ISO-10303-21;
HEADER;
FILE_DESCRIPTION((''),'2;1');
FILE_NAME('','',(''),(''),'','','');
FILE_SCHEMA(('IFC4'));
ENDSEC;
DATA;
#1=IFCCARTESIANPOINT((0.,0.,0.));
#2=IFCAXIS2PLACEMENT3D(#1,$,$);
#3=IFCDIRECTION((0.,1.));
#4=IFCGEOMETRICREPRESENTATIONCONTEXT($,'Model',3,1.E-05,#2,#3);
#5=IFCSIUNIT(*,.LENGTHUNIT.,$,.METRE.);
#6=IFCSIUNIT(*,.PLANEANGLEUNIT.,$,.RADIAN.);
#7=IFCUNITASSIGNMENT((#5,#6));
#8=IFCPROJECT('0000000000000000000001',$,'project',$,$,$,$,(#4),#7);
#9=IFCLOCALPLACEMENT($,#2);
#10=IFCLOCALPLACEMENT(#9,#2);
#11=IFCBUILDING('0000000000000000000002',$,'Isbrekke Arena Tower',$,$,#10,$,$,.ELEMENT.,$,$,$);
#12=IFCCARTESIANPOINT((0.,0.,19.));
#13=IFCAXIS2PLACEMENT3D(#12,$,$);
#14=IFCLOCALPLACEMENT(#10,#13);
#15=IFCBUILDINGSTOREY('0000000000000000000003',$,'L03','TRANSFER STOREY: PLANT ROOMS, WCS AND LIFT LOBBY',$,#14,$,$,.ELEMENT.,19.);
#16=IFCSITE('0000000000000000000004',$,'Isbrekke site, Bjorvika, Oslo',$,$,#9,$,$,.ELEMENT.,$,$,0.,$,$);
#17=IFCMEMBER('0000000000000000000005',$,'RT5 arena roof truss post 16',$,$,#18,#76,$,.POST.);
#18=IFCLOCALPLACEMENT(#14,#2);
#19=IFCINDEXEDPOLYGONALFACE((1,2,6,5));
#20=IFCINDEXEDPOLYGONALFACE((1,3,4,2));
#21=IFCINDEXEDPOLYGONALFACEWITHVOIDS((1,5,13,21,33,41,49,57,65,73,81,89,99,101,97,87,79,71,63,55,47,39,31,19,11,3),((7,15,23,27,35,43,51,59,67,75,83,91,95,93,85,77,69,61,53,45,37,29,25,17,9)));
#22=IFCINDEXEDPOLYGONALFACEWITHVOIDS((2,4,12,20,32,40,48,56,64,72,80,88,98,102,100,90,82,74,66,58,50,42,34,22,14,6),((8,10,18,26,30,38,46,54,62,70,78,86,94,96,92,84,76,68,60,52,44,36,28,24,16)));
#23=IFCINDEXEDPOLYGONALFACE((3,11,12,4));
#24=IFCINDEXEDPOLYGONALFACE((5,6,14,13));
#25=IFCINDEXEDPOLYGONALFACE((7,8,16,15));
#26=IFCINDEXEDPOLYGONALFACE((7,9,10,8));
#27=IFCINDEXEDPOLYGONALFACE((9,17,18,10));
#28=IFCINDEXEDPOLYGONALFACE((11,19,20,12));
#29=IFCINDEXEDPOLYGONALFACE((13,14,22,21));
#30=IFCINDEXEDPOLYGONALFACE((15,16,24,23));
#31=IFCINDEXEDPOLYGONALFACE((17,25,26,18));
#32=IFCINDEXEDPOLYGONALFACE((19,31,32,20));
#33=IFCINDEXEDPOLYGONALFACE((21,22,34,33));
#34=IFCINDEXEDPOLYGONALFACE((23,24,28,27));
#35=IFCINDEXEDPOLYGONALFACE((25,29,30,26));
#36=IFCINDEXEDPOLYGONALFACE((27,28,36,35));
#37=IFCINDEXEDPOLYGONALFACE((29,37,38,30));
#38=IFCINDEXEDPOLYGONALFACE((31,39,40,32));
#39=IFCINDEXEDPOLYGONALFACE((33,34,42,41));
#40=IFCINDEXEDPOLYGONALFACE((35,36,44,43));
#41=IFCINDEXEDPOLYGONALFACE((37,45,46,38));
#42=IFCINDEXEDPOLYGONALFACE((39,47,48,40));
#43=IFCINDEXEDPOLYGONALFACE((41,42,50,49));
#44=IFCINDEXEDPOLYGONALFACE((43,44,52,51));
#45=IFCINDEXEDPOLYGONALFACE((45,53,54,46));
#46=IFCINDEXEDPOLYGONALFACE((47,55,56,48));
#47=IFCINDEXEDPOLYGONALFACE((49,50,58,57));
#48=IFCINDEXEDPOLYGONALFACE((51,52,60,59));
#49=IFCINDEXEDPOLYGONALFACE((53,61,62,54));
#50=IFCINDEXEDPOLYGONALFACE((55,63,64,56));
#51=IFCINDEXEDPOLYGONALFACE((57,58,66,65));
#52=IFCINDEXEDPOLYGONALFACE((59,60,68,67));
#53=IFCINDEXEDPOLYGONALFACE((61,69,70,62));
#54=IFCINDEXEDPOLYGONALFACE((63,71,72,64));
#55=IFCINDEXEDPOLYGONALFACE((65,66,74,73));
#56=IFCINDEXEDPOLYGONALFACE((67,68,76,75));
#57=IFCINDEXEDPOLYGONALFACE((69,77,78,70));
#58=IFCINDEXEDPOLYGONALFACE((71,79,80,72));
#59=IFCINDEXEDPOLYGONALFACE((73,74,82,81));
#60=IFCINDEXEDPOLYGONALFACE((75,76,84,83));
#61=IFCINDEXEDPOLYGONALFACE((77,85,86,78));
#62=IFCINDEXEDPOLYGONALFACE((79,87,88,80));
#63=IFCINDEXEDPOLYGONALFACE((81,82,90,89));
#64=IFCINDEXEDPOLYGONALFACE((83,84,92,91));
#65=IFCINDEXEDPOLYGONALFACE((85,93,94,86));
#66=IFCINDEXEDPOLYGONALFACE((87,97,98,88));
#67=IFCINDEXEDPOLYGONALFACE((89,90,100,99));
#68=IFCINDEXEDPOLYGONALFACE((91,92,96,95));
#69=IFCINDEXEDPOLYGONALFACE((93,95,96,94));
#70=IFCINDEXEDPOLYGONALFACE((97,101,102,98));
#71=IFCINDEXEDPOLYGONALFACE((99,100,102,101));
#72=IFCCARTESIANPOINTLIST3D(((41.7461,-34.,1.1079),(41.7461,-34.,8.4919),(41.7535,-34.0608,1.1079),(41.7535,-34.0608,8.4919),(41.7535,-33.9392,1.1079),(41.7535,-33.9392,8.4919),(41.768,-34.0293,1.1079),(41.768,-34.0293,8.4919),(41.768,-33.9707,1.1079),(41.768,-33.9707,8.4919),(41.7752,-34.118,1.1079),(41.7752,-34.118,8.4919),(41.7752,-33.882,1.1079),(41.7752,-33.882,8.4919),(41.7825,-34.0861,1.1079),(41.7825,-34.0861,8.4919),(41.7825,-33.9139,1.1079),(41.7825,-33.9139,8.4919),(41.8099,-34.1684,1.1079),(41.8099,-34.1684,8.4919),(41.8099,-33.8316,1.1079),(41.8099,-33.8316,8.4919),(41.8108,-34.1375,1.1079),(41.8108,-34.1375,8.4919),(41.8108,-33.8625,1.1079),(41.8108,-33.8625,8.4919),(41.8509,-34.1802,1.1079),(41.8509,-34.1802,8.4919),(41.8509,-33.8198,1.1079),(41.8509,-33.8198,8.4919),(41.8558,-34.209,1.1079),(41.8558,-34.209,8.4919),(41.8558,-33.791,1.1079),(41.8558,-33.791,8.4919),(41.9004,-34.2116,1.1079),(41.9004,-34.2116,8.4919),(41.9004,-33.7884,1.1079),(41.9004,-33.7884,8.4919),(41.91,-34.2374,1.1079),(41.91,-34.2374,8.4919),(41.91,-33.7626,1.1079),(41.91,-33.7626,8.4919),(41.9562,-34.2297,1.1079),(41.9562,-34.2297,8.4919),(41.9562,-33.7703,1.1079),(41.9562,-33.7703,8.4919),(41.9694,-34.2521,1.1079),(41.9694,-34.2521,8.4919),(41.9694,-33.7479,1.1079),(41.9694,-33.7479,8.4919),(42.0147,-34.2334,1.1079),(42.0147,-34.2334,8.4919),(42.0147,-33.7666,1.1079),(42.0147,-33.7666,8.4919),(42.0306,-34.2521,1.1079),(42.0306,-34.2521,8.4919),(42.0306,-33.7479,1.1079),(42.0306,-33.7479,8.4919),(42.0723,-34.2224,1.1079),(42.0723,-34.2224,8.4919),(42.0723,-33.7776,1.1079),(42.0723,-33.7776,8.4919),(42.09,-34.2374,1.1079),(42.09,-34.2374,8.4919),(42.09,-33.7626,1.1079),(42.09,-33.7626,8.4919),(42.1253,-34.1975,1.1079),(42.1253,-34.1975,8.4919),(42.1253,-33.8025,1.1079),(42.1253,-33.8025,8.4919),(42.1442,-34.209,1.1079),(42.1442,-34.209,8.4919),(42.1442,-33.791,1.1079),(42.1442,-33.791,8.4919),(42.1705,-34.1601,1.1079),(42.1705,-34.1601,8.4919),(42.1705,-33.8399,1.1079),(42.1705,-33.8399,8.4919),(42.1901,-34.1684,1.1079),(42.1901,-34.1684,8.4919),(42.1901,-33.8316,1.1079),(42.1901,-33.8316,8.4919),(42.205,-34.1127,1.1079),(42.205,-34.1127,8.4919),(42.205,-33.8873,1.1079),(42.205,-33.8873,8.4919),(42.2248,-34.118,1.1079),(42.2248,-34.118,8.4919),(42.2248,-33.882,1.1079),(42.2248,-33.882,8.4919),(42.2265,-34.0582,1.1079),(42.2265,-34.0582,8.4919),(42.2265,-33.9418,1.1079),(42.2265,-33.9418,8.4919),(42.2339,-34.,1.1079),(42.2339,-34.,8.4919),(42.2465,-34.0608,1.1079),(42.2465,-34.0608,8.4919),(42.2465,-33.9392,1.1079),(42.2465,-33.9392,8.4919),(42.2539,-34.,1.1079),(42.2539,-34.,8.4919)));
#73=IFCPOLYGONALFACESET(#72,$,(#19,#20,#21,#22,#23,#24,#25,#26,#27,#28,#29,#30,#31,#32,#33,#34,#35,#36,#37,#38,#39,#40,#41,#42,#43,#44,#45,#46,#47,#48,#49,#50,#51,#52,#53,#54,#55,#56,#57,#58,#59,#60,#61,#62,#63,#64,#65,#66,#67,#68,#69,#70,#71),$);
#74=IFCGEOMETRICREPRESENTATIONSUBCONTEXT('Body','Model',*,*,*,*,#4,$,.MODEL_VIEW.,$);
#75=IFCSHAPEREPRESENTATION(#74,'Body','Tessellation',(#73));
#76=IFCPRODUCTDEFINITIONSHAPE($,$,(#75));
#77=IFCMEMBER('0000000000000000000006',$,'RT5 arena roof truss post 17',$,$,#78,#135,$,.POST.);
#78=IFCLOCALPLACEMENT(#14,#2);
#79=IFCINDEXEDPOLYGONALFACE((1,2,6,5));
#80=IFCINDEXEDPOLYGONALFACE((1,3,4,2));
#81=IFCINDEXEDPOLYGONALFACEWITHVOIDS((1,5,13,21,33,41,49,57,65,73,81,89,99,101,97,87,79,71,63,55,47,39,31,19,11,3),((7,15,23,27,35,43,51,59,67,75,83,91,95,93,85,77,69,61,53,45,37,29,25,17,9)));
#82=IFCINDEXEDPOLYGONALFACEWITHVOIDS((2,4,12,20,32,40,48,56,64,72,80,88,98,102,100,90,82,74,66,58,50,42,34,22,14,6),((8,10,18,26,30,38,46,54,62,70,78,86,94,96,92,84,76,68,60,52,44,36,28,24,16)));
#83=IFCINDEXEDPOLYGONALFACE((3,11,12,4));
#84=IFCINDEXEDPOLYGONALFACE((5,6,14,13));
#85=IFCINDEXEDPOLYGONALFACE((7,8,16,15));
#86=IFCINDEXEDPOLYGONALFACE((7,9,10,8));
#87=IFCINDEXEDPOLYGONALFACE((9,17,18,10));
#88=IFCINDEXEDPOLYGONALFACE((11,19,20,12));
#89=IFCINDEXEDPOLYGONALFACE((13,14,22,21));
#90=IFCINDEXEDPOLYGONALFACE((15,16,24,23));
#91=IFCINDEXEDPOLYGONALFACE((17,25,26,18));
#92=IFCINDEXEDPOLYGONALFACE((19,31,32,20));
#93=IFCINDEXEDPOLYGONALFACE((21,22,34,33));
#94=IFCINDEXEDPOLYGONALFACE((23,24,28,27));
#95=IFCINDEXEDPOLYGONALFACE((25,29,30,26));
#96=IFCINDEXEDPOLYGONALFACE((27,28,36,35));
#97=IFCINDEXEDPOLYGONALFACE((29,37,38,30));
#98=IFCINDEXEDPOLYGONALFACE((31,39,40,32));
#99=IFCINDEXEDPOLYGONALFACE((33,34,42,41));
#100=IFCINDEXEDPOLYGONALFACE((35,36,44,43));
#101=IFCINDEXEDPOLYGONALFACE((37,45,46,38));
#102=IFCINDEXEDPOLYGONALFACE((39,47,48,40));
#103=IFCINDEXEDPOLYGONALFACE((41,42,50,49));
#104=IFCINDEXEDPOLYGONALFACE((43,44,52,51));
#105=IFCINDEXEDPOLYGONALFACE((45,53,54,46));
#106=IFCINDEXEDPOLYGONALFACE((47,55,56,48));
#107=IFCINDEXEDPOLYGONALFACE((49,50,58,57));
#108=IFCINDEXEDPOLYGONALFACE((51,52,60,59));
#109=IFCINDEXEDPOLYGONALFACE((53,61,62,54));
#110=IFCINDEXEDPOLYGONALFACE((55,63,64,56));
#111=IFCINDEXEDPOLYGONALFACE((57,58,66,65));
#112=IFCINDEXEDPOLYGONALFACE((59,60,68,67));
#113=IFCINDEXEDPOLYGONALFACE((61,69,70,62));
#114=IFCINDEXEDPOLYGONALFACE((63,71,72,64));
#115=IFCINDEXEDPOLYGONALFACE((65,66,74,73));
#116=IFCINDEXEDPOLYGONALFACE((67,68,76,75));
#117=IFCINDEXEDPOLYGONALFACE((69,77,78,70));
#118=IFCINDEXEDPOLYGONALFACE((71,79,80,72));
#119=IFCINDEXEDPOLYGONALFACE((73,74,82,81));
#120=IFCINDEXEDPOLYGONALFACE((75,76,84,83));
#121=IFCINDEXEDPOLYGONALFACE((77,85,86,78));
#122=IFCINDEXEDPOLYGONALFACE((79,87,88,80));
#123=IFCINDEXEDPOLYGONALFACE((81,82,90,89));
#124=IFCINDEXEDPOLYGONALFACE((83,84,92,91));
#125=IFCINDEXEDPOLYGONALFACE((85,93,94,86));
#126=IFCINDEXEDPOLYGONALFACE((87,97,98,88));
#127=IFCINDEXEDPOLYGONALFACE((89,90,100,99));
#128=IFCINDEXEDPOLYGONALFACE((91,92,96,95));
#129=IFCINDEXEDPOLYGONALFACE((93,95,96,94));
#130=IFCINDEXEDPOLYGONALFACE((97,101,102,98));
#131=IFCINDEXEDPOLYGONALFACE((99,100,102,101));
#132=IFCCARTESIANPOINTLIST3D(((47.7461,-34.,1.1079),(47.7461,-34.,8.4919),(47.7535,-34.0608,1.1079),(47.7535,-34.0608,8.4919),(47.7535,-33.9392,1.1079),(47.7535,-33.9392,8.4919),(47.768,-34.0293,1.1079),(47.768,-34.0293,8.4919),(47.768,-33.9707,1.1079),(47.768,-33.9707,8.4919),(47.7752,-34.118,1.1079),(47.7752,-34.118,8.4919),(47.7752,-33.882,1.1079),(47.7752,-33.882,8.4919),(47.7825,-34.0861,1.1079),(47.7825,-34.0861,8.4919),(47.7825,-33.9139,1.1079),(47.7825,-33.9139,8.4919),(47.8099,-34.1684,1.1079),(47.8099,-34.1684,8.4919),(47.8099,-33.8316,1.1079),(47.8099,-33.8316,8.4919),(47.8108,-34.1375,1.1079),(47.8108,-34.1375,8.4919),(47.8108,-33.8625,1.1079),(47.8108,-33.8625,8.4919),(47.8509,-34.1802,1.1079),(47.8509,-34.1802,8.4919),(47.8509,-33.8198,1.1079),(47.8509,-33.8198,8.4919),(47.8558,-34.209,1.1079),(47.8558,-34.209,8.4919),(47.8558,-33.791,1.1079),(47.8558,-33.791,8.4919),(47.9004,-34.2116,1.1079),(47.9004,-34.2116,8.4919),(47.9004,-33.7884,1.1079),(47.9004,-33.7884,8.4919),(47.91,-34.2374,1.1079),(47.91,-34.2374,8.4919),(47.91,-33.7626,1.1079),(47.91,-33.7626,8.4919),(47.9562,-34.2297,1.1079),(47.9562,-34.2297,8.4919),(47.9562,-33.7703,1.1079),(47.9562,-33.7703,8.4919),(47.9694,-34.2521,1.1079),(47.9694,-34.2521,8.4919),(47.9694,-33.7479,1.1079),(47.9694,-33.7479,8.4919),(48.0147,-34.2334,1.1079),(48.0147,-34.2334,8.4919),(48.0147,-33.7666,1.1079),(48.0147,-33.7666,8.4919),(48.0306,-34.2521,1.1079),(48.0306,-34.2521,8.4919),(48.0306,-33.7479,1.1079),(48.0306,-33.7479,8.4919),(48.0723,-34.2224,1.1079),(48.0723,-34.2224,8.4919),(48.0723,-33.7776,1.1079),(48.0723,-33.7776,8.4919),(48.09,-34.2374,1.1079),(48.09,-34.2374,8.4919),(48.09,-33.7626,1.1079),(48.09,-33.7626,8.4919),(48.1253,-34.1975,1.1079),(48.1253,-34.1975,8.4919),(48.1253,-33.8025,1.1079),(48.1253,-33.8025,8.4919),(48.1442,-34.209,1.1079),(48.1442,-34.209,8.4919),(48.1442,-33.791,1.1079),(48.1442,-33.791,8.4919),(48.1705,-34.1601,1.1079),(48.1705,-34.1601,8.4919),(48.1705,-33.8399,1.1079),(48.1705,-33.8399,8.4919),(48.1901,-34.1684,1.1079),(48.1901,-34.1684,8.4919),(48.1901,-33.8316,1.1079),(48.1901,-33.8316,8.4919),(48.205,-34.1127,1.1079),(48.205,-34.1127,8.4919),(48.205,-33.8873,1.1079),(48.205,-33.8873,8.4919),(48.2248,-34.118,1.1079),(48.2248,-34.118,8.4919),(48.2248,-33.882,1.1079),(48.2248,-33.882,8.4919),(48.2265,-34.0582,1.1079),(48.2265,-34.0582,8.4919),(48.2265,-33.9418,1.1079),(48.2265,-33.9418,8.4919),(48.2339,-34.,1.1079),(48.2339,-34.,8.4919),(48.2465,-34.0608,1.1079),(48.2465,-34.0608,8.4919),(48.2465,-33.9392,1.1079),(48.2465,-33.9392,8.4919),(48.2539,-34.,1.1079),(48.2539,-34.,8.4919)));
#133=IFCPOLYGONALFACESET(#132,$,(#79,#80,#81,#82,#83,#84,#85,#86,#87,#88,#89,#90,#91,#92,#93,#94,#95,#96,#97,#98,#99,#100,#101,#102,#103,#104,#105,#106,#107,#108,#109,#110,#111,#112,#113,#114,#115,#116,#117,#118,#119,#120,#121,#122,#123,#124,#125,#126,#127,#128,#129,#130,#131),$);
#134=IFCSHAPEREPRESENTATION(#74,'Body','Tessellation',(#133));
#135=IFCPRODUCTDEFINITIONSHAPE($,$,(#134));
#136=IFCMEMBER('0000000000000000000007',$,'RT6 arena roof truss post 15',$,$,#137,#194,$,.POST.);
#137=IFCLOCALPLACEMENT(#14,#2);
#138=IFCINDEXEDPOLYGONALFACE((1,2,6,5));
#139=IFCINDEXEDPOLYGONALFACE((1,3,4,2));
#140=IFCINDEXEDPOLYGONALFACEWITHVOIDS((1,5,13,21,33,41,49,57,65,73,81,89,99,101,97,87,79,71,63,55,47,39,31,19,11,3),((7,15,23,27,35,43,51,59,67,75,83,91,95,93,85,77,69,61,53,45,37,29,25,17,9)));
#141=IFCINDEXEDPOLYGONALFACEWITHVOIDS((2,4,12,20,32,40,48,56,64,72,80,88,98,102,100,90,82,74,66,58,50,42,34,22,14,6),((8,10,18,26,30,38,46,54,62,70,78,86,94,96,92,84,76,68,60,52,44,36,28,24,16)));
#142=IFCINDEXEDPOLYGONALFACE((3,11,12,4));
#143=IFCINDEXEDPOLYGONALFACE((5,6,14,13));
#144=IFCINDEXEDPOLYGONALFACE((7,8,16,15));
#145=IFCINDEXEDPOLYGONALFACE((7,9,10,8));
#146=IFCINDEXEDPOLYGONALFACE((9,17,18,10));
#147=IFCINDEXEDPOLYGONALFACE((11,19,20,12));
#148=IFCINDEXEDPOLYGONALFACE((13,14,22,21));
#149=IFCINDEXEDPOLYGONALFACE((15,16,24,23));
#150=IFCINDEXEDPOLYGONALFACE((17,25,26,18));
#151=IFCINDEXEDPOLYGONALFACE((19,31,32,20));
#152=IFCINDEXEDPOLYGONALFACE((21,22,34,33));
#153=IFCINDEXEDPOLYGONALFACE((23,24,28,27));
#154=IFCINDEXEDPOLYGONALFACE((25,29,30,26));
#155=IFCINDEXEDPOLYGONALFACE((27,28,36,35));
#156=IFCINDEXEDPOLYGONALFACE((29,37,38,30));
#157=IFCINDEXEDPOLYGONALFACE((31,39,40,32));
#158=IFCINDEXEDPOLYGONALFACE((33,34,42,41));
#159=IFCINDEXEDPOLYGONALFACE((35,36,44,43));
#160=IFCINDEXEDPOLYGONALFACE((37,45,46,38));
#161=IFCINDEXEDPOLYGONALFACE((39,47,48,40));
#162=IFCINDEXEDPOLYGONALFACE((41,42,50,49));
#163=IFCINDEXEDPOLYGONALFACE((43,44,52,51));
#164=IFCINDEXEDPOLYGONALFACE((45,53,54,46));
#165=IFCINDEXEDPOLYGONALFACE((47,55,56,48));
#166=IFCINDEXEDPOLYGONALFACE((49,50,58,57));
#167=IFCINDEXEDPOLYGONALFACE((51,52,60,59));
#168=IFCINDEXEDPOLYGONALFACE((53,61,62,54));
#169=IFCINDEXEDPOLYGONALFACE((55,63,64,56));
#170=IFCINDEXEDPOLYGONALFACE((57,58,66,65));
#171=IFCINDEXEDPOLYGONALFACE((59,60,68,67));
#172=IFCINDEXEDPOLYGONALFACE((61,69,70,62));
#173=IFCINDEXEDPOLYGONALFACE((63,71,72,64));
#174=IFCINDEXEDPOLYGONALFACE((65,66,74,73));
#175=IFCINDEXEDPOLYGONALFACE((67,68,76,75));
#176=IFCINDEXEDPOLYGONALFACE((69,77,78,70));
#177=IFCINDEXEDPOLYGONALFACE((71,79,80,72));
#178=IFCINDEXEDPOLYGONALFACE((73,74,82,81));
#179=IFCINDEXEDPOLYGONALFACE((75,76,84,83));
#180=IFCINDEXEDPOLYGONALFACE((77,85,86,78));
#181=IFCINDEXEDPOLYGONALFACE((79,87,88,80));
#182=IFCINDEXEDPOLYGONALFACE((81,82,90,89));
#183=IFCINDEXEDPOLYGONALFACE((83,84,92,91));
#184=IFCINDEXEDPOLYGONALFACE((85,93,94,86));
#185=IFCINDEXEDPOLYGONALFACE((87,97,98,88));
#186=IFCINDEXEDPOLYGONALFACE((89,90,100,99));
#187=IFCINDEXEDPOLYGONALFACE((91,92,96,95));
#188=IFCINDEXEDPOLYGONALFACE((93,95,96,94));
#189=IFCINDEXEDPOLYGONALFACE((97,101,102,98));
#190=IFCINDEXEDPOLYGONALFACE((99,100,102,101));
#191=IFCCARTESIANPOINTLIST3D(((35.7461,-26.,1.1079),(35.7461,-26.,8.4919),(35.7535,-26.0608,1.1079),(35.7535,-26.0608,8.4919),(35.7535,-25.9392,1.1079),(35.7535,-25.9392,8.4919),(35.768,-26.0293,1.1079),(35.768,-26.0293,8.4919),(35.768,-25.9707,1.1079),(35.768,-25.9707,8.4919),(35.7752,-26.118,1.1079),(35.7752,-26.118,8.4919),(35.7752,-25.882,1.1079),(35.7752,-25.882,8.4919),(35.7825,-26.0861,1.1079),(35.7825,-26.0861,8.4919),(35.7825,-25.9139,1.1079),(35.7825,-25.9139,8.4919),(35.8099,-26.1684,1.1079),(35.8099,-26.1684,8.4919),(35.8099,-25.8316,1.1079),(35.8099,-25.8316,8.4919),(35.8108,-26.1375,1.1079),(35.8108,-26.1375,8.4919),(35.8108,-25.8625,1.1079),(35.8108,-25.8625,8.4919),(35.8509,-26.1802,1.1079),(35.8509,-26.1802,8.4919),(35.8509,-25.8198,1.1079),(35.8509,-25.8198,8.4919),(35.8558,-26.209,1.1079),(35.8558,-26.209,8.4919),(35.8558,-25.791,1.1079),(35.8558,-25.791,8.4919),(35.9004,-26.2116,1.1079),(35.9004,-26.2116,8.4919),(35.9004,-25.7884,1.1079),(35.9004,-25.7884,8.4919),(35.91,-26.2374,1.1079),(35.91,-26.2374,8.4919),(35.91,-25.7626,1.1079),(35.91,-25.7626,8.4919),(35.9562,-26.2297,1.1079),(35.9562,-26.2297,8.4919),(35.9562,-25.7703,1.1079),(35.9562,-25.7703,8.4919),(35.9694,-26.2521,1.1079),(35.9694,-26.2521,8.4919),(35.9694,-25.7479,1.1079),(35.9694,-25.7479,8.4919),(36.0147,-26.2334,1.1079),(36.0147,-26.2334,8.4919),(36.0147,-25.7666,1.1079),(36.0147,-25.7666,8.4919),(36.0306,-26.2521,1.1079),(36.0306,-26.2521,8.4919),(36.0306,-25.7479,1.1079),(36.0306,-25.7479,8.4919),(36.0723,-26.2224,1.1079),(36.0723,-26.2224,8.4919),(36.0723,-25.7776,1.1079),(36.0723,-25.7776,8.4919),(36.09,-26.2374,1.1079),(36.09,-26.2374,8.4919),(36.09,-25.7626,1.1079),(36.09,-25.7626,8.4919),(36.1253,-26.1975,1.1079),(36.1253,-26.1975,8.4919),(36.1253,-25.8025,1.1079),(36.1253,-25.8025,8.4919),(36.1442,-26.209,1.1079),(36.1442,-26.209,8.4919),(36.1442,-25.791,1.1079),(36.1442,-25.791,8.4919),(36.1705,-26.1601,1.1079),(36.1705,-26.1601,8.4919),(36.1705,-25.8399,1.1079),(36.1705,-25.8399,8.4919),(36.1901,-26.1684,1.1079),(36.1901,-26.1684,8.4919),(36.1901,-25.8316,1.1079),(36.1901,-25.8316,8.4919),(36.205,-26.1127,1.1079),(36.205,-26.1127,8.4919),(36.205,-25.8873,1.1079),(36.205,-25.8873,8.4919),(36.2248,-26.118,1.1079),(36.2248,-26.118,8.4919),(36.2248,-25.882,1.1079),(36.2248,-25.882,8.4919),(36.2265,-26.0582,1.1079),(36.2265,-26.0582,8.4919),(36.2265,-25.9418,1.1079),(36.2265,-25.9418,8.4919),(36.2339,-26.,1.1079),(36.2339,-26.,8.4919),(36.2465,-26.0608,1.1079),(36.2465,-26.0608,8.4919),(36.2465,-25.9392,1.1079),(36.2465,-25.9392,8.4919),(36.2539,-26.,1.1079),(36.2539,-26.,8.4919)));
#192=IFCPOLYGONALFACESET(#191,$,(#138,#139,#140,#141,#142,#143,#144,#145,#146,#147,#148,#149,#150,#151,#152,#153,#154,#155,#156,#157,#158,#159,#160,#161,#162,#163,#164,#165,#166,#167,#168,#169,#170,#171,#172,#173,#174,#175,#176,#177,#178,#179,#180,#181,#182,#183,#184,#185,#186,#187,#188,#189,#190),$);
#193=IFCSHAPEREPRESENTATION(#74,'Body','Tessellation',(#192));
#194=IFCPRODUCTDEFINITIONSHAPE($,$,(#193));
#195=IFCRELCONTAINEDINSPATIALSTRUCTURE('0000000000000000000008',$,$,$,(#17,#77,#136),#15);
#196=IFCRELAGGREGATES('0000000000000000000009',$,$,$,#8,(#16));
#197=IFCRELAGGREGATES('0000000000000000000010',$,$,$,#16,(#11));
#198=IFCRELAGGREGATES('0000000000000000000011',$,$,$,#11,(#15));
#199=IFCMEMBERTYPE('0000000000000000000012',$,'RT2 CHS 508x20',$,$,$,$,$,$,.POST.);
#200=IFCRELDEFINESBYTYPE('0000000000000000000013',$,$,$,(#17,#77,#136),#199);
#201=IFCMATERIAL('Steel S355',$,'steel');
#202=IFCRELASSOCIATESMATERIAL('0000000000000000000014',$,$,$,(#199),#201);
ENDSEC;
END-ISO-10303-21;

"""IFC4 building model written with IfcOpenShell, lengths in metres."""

from ifc_helpers import new_model, si_unit, direction, frame, origin, origin_2d, place, context, subcontext, project, spatial, hollow_circle, extrude, material, material_profile, profile_set, type_object, element, save


model = new_model("IFC4")

# Units and contexts
model_context = context("Model", 3, precision=1e-05, world=origin(), true_north=direction((0.0, 1.0)))
body_context = subcontext(model_context, "Body", "Model", "MODEL_VIEW")
ifc_project = project(units=[si_unit("LENGTHUNIT", "METRE"), si_unit("PLANEANGLEUNIT", "RADIAN")], contexts=[model_context])

# Site, building, storey
site_placement = place(None, origin())
site = spatial("IfcSite", under=ifc_project, at=site_placement, Name="Isbrekke site, Bjorvika, Oslo", CompositionType="ELEMENT", RefElevation=0.0)
building_placement = place(site_placement, origin())
building = spatial("IfcBuilding", under=site, at=building_placement, Name="Isbrekke Arena Tower", CompositionType="ELEMENT")
storey_placement = place(building_placement, frame((0.0, 0.0, 19.0)))
storey = spatial("IfcBuildingStorey", under=building, at=storey_placement, Name="L03", Description="TRANSFER STOREY: PLANT ROOMS, WCS AND LIFT LOBBY", CompositionType="ELEMENT", Elevation=19.0)

# Members
ifc_material_1 = material(Name="Steel S355", Category="steel")
ifc_material_profile_1 = material_profile(ifc_material_1, hollow_circle(Radius=0.2539, WallThickness=0.02, at=origin_2d()), Name="CHS 508x20")
ifc_profile_set_1 = profile_set([ifc_material_profile_1], Name="Steel S355")
member_type_1 = type_object("IfcMemberType", Name="RT2 CHS 508x20", PredefinedType="POST", material=ifc_profile_set_1)
for number, where, z_axis, x_axis, name in (
    (1, (42.0, -34.0, 1.1079), (0.0, 0.0, 1.0), (1.0, 0.0, 0.0), "RT5 arena roof truss post 16"),
    (2, (48.0, -34.0, 1.1079), (0.0, 0.0, 1.0), (1.0, 0.0, 0.0), "RT5 arena roof truss post 17"),
    (3, (36.0, -26.0, 1.1079), (0.0, 0.0, 1.0), (1.0, 0.0, 0.0), "RT6 arena roof truss post 15"),
):
    element("IfcMember", number, at=place(storey_placement, frame(where, z_axis=z_axis, x_axis=x_axis)), inside=storey, type_object=member_type_1, Name=name, PredefinedType="POST", context=body_context, shape_type="SweptSolid", body=[
        extrude(hollow_circle(Radius=0.2539, WallThickness=0.02, at=origin_2d()), origin(), (0.0, 0.0, 1.0), 7.384),
    ])

save(model, "model.ifc")
